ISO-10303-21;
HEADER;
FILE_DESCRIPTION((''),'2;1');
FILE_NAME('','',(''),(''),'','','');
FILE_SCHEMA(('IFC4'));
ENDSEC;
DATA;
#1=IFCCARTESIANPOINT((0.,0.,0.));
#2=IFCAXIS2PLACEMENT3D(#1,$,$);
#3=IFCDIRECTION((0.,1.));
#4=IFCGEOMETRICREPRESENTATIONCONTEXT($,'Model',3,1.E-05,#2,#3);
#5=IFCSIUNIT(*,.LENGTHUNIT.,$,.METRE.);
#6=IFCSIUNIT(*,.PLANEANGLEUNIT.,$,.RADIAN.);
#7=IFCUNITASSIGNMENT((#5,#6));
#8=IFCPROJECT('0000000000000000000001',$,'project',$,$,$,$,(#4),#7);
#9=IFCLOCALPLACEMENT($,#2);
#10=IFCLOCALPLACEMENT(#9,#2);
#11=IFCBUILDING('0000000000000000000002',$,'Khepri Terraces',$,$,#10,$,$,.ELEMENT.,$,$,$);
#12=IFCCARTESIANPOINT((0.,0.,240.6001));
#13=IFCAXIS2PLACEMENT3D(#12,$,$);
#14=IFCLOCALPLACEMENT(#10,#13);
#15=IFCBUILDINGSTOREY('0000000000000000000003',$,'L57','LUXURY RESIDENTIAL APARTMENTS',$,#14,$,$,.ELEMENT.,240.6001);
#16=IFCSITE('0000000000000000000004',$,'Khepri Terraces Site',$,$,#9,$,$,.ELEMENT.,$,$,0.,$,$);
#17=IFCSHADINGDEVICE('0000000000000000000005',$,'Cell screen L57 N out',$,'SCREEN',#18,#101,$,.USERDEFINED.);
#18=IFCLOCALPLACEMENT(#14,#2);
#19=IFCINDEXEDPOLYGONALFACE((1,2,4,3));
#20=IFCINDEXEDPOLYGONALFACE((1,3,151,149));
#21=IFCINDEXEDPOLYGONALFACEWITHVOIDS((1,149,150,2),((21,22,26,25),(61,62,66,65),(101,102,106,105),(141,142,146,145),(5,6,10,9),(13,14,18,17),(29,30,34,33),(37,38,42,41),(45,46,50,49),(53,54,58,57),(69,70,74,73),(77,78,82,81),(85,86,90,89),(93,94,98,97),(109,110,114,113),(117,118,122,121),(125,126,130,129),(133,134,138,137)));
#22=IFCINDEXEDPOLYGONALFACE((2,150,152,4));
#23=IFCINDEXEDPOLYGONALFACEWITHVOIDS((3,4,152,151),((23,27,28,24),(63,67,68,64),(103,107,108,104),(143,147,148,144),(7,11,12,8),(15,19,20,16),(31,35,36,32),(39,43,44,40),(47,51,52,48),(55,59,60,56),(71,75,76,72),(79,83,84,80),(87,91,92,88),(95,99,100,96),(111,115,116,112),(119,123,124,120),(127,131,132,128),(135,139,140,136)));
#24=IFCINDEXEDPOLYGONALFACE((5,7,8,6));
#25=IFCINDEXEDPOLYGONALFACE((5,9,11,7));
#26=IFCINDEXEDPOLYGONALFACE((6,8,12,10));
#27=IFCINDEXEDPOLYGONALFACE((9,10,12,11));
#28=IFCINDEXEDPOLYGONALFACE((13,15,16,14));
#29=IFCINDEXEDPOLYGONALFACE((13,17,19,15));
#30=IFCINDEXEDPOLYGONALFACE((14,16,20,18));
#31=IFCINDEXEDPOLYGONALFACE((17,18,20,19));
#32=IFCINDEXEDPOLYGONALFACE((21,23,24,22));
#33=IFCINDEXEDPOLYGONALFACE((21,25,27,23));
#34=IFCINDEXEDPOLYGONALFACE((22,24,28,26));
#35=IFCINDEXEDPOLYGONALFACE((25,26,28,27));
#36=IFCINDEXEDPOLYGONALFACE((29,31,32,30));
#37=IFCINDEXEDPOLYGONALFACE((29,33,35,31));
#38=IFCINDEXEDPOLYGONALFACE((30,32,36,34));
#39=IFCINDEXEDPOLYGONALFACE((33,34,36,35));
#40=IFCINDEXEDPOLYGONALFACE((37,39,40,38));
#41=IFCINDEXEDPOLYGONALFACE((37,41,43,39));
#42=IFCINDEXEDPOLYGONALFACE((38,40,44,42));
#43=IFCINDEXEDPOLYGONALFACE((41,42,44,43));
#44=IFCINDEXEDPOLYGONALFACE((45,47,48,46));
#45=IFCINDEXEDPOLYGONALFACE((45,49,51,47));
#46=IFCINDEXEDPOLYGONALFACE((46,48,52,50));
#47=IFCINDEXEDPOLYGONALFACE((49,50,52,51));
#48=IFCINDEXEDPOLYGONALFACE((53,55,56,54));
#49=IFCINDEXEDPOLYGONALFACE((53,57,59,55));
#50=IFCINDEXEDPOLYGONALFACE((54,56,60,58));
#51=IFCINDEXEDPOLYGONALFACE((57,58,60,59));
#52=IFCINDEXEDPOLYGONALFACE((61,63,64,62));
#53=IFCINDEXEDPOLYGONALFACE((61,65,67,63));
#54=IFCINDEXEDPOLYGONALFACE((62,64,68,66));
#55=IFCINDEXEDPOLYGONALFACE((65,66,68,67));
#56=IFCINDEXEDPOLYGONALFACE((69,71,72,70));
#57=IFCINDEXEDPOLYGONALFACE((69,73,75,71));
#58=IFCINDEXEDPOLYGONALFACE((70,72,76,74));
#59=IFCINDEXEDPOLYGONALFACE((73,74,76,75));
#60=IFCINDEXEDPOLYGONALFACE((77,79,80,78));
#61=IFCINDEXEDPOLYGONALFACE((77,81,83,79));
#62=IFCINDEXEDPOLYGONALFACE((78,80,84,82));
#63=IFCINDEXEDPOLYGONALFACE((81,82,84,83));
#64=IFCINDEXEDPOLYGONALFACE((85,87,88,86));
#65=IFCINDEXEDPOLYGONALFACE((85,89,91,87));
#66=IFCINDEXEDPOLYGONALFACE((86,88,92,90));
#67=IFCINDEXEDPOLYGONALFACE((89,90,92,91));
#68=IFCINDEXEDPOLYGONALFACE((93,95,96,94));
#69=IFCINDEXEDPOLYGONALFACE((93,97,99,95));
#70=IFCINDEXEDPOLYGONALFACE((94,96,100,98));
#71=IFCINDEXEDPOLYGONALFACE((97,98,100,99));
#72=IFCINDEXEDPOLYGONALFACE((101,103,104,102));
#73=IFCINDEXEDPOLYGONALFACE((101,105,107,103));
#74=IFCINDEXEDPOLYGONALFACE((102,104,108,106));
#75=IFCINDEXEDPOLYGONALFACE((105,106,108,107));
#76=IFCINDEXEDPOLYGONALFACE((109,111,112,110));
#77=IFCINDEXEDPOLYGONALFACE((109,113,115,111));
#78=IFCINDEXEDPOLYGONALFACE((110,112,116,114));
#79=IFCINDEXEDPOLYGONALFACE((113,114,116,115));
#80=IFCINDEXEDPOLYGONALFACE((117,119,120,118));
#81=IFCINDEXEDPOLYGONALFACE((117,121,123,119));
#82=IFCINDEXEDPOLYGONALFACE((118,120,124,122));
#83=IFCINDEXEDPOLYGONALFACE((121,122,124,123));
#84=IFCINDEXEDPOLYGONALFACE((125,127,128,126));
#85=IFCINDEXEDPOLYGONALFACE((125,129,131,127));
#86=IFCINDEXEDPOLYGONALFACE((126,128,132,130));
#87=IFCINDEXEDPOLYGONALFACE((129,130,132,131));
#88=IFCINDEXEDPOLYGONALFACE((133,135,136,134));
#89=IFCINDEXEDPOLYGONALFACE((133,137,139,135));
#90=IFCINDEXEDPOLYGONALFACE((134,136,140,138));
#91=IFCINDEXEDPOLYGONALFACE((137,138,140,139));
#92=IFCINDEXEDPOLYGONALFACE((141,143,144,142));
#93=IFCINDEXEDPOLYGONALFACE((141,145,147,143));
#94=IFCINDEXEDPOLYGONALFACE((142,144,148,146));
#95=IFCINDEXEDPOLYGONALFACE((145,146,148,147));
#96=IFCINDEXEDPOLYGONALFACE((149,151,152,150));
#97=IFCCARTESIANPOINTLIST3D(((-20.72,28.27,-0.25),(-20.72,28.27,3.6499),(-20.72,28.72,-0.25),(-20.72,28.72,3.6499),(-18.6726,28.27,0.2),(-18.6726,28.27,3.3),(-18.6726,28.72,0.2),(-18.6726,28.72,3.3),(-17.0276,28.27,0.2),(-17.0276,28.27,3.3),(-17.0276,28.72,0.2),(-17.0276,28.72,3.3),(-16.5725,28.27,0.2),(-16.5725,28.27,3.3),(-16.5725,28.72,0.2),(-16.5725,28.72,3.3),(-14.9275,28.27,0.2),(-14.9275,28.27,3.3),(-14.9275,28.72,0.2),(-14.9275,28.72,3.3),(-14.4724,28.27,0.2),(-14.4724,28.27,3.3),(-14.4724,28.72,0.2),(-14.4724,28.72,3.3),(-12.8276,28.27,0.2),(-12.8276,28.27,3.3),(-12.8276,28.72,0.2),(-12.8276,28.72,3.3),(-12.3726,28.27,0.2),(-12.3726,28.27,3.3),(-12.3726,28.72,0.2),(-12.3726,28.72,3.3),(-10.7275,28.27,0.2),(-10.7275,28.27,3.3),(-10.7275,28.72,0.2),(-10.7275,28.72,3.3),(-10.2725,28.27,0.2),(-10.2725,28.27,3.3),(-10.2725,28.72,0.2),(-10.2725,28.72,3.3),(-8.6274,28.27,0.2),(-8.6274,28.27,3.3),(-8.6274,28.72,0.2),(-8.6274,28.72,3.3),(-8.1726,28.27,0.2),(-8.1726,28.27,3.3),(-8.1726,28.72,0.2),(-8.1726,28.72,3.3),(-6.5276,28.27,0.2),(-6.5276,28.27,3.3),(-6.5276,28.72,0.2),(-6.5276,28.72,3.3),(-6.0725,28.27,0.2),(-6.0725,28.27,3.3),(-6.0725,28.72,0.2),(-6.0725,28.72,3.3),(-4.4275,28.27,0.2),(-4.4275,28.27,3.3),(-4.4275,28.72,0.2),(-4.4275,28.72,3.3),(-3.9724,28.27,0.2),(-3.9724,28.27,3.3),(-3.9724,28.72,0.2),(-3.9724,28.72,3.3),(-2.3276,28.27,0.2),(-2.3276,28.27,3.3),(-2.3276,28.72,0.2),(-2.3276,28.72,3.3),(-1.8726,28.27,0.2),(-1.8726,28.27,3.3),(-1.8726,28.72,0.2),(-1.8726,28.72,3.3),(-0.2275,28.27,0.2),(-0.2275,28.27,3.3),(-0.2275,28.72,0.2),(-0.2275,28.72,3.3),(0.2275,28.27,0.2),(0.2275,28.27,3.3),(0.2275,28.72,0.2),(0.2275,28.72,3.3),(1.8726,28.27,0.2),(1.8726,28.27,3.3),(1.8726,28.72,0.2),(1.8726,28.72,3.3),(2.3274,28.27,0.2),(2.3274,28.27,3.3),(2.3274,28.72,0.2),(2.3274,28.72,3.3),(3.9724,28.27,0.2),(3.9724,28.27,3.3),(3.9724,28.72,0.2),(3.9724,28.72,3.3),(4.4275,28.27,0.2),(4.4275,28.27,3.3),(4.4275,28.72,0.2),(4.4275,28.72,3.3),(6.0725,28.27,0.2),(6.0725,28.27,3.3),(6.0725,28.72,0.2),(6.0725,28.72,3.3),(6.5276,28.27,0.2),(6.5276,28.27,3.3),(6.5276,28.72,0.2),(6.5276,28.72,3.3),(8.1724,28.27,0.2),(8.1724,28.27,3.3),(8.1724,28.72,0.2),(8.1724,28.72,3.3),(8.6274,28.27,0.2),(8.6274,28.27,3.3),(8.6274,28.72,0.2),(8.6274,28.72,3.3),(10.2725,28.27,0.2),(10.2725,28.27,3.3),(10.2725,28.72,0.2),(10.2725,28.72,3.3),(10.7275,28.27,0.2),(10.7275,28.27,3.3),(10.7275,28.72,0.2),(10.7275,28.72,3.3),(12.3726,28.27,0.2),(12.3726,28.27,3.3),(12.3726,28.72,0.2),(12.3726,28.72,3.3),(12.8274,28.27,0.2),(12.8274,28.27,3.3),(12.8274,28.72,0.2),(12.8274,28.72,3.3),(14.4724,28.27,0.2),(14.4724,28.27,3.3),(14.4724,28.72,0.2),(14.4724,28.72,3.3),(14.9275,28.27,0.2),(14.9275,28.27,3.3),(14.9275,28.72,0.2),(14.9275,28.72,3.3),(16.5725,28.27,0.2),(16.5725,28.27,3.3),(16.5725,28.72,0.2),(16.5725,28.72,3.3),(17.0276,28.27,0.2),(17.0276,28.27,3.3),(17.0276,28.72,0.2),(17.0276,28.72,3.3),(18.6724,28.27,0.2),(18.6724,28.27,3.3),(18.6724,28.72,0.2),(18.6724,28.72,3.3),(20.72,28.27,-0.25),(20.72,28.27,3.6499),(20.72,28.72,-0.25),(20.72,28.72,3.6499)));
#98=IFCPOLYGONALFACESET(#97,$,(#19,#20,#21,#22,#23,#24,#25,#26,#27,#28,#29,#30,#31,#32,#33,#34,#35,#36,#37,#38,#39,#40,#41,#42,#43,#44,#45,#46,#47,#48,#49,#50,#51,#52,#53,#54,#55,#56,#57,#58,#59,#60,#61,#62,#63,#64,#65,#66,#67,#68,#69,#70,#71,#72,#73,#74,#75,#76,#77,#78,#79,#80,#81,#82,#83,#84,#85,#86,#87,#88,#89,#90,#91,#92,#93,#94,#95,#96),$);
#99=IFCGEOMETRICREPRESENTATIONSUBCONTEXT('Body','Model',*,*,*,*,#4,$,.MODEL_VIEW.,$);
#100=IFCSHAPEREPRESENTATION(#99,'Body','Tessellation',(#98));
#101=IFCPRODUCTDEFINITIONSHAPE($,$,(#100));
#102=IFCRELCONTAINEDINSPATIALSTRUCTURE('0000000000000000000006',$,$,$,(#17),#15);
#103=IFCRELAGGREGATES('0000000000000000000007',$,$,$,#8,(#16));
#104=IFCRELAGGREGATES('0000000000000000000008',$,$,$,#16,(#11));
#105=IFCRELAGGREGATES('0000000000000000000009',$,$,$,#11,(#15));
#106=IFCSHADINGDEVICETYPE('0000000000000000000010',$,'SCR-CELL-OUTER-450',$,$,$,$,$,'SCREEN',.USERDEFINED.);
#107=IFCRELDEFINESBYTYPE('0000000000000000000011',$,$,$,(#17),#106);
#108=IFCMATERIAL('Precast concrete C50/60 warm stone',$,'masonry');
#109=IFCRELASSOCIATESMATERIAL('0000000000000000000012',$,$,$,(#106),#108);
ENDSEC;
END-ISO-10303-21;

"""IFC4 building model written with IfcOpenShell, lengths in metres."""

from ifc_helpers import new_model, si_unit, direction, frame, origin, place, context, subcontext, project, spatial, polyline, outline, extrude, material, type_object, element, save


model = new_model("IFC4")

# Units and contexts
model_context = context("Model", 3, precision=1e-05, world=origin(), true_north=direction((0.0, 1.0)))
body_context = subcontext(model_context, "Body", "Model", "MODEL_VIEW")
ifc_project = project(units=[si_unit("LENGTHUNIT", "METRE"), si_unit("PLANEANGLEUNIT", "RADIAN")], contexts=[model_context])

# Site, building, storey
site_placement = place(None, origin())
site = spatial("IfcSite", under=ifc_project, at=site_placement, Name="Khepri Terraces Site", CompositionType="ELEMENT", RefElevation=0.0)
building_placement = place(site_placement, origin())
building = spatial("IfcBuilding", under=site, at=building_placement, Name="Khepri Terraces", CompositionType="ELEMENT")
storey_placement = place(building_placement, frame((0.0, 0.0, 240.6001)))
storey = spatial("IfcBuildingStorey", under=building, at=storey_placement, Name="L57", Description="LUXURY RESIDENTIAL APARTMENTS", CompositionType="ELEMENT", Elevation=240.6001)

# Shared definitions
ifc_material_1 = material(Name="Precast concrete C50/60 warm stone", Category="masonry")

# Shading device
shading_device_type_1 = type_object("IfcShadingDeviceType", Name="SCR-CELL-OUTER-450", ElementType="SCREEN", PredefinedType="USERDEFINED", material=ifc_material_1)
shading_device_1_placement = place(storey_placement, frame((20.72, 28.27, -0.25), z_axis=(0.0, 1.0, 0.0), x_axis=(-1.0, 0.0, 0.0)))
element("IfcShadingDevice", 1, at=shading_device_1_placement, inside=storey, type_object=shading_device_type_1, Name="Cell screen L57 N out", ObjectType="SCREEN", PredefinedType="USERDEFINED", context=body_context, shape_type="SweptSolid", body=[
    extrude(outline(polyline([(0.0, 0.0), (41.4399, 0.0), (41.4399, 3.8999), (0.0, 3.8999), (0.0, 0.0)]), holes=[polyline([(2.0476, 0.45), (3.6924, 0.45), (3.6924, 3.55), (2.0476, 3.55), (2.0476, 0.45)]), polyline([(4.1475, 0.45), (5.7925, 0.45), (5.7925, 3.55), (4.1475, 3.55), (4.1475, 0.45)]), polyline([(6.2476, 0.45), (7.8926, 0.45), (7.8926, 3.55), (6.2476, 3.55), (6.2476, 0.45)]), polyline([(8.3474, 0.45), (9.9924, 0.45), (9.9924, 3.55), (8.3474, 3.55), (8.3474, 0.45)]), polyline([(10.4475, 0.45), (12.0925, 0.45), (12.0925, 3.55), (10.4475, 3.55), (10.4475, 0.45)]), polyline([(12.5476, 0.45), (14.1924, 0.45), (14.1924, 3.55), (12.5476, 3.55), (12.5476, 0.45)]), polyline([(14.6475, 0.45), (16.2925, 0.45), (16.2925, 3.55), (14.6475, 3.55), (14.6475, 0.45)]), polyline([(16.7476, 0.45), (18.3926, 0.45), (18.3926, 3.55), (16.7476, 3.55), (16.7476, 0.45)]), polyline([(18.8474, 0.45), (20.4924, 0.45), (20.4924, 3.55), (18.8474, 3.55), (18.8474, 0.45)]), polyline([(20.9475, 0.45), (22.5925, 0.45), (22.5925, 3.55), (20.9475, 3.55), (20.9475, 0.45)]), polyline([(23.0476, 0.45), (24.6924, 0.45), (24.6924, 3.55), (23.0476, 3.55), (23.0476, 0.45)]), polyline([(25.1475, 0.45), (26.7925, 0.45), (26.7925, 3.55), (25.1475, 3.55), (25.1475, 0.45)]), polyline([(27.2476, 0.45), (28.8926, 0.45), (28.8926, 3.55), (27.2476, 3.55), (27.2476, 0.45)]), polyline([(29.3474, 0.45), (30.9924, 0.45), (30.9924, 3.55), (29.3474, 3.55), (29.3474, 0.45)]), polyline([(31.4475, 0.45), (33.0925, 0.45), (33.0925, 3.55), (31.4475, 3.55), (31.4475, 0.45)]), polyline([(33.5476, 0.45), (35.1924, 0.45), (35.1924, 3.55), (33.5476, 3.55), (33.5476, 0.45)]), polyline([(35.6475, 0.45), (37.2925, 0.45), (37.2925, 3.55), (35.6475, 3.55), (35.6475, 0.45)]), polyline([(37.7476, 0.45), (39.3926, 0.45), (39.3926, 3.55), (37.7476, 3.55), (37.7476, 0.45)])]), origin(), (0.0, 0.0, 1.0), 0.45),
])

save(model, "model.ifc")
